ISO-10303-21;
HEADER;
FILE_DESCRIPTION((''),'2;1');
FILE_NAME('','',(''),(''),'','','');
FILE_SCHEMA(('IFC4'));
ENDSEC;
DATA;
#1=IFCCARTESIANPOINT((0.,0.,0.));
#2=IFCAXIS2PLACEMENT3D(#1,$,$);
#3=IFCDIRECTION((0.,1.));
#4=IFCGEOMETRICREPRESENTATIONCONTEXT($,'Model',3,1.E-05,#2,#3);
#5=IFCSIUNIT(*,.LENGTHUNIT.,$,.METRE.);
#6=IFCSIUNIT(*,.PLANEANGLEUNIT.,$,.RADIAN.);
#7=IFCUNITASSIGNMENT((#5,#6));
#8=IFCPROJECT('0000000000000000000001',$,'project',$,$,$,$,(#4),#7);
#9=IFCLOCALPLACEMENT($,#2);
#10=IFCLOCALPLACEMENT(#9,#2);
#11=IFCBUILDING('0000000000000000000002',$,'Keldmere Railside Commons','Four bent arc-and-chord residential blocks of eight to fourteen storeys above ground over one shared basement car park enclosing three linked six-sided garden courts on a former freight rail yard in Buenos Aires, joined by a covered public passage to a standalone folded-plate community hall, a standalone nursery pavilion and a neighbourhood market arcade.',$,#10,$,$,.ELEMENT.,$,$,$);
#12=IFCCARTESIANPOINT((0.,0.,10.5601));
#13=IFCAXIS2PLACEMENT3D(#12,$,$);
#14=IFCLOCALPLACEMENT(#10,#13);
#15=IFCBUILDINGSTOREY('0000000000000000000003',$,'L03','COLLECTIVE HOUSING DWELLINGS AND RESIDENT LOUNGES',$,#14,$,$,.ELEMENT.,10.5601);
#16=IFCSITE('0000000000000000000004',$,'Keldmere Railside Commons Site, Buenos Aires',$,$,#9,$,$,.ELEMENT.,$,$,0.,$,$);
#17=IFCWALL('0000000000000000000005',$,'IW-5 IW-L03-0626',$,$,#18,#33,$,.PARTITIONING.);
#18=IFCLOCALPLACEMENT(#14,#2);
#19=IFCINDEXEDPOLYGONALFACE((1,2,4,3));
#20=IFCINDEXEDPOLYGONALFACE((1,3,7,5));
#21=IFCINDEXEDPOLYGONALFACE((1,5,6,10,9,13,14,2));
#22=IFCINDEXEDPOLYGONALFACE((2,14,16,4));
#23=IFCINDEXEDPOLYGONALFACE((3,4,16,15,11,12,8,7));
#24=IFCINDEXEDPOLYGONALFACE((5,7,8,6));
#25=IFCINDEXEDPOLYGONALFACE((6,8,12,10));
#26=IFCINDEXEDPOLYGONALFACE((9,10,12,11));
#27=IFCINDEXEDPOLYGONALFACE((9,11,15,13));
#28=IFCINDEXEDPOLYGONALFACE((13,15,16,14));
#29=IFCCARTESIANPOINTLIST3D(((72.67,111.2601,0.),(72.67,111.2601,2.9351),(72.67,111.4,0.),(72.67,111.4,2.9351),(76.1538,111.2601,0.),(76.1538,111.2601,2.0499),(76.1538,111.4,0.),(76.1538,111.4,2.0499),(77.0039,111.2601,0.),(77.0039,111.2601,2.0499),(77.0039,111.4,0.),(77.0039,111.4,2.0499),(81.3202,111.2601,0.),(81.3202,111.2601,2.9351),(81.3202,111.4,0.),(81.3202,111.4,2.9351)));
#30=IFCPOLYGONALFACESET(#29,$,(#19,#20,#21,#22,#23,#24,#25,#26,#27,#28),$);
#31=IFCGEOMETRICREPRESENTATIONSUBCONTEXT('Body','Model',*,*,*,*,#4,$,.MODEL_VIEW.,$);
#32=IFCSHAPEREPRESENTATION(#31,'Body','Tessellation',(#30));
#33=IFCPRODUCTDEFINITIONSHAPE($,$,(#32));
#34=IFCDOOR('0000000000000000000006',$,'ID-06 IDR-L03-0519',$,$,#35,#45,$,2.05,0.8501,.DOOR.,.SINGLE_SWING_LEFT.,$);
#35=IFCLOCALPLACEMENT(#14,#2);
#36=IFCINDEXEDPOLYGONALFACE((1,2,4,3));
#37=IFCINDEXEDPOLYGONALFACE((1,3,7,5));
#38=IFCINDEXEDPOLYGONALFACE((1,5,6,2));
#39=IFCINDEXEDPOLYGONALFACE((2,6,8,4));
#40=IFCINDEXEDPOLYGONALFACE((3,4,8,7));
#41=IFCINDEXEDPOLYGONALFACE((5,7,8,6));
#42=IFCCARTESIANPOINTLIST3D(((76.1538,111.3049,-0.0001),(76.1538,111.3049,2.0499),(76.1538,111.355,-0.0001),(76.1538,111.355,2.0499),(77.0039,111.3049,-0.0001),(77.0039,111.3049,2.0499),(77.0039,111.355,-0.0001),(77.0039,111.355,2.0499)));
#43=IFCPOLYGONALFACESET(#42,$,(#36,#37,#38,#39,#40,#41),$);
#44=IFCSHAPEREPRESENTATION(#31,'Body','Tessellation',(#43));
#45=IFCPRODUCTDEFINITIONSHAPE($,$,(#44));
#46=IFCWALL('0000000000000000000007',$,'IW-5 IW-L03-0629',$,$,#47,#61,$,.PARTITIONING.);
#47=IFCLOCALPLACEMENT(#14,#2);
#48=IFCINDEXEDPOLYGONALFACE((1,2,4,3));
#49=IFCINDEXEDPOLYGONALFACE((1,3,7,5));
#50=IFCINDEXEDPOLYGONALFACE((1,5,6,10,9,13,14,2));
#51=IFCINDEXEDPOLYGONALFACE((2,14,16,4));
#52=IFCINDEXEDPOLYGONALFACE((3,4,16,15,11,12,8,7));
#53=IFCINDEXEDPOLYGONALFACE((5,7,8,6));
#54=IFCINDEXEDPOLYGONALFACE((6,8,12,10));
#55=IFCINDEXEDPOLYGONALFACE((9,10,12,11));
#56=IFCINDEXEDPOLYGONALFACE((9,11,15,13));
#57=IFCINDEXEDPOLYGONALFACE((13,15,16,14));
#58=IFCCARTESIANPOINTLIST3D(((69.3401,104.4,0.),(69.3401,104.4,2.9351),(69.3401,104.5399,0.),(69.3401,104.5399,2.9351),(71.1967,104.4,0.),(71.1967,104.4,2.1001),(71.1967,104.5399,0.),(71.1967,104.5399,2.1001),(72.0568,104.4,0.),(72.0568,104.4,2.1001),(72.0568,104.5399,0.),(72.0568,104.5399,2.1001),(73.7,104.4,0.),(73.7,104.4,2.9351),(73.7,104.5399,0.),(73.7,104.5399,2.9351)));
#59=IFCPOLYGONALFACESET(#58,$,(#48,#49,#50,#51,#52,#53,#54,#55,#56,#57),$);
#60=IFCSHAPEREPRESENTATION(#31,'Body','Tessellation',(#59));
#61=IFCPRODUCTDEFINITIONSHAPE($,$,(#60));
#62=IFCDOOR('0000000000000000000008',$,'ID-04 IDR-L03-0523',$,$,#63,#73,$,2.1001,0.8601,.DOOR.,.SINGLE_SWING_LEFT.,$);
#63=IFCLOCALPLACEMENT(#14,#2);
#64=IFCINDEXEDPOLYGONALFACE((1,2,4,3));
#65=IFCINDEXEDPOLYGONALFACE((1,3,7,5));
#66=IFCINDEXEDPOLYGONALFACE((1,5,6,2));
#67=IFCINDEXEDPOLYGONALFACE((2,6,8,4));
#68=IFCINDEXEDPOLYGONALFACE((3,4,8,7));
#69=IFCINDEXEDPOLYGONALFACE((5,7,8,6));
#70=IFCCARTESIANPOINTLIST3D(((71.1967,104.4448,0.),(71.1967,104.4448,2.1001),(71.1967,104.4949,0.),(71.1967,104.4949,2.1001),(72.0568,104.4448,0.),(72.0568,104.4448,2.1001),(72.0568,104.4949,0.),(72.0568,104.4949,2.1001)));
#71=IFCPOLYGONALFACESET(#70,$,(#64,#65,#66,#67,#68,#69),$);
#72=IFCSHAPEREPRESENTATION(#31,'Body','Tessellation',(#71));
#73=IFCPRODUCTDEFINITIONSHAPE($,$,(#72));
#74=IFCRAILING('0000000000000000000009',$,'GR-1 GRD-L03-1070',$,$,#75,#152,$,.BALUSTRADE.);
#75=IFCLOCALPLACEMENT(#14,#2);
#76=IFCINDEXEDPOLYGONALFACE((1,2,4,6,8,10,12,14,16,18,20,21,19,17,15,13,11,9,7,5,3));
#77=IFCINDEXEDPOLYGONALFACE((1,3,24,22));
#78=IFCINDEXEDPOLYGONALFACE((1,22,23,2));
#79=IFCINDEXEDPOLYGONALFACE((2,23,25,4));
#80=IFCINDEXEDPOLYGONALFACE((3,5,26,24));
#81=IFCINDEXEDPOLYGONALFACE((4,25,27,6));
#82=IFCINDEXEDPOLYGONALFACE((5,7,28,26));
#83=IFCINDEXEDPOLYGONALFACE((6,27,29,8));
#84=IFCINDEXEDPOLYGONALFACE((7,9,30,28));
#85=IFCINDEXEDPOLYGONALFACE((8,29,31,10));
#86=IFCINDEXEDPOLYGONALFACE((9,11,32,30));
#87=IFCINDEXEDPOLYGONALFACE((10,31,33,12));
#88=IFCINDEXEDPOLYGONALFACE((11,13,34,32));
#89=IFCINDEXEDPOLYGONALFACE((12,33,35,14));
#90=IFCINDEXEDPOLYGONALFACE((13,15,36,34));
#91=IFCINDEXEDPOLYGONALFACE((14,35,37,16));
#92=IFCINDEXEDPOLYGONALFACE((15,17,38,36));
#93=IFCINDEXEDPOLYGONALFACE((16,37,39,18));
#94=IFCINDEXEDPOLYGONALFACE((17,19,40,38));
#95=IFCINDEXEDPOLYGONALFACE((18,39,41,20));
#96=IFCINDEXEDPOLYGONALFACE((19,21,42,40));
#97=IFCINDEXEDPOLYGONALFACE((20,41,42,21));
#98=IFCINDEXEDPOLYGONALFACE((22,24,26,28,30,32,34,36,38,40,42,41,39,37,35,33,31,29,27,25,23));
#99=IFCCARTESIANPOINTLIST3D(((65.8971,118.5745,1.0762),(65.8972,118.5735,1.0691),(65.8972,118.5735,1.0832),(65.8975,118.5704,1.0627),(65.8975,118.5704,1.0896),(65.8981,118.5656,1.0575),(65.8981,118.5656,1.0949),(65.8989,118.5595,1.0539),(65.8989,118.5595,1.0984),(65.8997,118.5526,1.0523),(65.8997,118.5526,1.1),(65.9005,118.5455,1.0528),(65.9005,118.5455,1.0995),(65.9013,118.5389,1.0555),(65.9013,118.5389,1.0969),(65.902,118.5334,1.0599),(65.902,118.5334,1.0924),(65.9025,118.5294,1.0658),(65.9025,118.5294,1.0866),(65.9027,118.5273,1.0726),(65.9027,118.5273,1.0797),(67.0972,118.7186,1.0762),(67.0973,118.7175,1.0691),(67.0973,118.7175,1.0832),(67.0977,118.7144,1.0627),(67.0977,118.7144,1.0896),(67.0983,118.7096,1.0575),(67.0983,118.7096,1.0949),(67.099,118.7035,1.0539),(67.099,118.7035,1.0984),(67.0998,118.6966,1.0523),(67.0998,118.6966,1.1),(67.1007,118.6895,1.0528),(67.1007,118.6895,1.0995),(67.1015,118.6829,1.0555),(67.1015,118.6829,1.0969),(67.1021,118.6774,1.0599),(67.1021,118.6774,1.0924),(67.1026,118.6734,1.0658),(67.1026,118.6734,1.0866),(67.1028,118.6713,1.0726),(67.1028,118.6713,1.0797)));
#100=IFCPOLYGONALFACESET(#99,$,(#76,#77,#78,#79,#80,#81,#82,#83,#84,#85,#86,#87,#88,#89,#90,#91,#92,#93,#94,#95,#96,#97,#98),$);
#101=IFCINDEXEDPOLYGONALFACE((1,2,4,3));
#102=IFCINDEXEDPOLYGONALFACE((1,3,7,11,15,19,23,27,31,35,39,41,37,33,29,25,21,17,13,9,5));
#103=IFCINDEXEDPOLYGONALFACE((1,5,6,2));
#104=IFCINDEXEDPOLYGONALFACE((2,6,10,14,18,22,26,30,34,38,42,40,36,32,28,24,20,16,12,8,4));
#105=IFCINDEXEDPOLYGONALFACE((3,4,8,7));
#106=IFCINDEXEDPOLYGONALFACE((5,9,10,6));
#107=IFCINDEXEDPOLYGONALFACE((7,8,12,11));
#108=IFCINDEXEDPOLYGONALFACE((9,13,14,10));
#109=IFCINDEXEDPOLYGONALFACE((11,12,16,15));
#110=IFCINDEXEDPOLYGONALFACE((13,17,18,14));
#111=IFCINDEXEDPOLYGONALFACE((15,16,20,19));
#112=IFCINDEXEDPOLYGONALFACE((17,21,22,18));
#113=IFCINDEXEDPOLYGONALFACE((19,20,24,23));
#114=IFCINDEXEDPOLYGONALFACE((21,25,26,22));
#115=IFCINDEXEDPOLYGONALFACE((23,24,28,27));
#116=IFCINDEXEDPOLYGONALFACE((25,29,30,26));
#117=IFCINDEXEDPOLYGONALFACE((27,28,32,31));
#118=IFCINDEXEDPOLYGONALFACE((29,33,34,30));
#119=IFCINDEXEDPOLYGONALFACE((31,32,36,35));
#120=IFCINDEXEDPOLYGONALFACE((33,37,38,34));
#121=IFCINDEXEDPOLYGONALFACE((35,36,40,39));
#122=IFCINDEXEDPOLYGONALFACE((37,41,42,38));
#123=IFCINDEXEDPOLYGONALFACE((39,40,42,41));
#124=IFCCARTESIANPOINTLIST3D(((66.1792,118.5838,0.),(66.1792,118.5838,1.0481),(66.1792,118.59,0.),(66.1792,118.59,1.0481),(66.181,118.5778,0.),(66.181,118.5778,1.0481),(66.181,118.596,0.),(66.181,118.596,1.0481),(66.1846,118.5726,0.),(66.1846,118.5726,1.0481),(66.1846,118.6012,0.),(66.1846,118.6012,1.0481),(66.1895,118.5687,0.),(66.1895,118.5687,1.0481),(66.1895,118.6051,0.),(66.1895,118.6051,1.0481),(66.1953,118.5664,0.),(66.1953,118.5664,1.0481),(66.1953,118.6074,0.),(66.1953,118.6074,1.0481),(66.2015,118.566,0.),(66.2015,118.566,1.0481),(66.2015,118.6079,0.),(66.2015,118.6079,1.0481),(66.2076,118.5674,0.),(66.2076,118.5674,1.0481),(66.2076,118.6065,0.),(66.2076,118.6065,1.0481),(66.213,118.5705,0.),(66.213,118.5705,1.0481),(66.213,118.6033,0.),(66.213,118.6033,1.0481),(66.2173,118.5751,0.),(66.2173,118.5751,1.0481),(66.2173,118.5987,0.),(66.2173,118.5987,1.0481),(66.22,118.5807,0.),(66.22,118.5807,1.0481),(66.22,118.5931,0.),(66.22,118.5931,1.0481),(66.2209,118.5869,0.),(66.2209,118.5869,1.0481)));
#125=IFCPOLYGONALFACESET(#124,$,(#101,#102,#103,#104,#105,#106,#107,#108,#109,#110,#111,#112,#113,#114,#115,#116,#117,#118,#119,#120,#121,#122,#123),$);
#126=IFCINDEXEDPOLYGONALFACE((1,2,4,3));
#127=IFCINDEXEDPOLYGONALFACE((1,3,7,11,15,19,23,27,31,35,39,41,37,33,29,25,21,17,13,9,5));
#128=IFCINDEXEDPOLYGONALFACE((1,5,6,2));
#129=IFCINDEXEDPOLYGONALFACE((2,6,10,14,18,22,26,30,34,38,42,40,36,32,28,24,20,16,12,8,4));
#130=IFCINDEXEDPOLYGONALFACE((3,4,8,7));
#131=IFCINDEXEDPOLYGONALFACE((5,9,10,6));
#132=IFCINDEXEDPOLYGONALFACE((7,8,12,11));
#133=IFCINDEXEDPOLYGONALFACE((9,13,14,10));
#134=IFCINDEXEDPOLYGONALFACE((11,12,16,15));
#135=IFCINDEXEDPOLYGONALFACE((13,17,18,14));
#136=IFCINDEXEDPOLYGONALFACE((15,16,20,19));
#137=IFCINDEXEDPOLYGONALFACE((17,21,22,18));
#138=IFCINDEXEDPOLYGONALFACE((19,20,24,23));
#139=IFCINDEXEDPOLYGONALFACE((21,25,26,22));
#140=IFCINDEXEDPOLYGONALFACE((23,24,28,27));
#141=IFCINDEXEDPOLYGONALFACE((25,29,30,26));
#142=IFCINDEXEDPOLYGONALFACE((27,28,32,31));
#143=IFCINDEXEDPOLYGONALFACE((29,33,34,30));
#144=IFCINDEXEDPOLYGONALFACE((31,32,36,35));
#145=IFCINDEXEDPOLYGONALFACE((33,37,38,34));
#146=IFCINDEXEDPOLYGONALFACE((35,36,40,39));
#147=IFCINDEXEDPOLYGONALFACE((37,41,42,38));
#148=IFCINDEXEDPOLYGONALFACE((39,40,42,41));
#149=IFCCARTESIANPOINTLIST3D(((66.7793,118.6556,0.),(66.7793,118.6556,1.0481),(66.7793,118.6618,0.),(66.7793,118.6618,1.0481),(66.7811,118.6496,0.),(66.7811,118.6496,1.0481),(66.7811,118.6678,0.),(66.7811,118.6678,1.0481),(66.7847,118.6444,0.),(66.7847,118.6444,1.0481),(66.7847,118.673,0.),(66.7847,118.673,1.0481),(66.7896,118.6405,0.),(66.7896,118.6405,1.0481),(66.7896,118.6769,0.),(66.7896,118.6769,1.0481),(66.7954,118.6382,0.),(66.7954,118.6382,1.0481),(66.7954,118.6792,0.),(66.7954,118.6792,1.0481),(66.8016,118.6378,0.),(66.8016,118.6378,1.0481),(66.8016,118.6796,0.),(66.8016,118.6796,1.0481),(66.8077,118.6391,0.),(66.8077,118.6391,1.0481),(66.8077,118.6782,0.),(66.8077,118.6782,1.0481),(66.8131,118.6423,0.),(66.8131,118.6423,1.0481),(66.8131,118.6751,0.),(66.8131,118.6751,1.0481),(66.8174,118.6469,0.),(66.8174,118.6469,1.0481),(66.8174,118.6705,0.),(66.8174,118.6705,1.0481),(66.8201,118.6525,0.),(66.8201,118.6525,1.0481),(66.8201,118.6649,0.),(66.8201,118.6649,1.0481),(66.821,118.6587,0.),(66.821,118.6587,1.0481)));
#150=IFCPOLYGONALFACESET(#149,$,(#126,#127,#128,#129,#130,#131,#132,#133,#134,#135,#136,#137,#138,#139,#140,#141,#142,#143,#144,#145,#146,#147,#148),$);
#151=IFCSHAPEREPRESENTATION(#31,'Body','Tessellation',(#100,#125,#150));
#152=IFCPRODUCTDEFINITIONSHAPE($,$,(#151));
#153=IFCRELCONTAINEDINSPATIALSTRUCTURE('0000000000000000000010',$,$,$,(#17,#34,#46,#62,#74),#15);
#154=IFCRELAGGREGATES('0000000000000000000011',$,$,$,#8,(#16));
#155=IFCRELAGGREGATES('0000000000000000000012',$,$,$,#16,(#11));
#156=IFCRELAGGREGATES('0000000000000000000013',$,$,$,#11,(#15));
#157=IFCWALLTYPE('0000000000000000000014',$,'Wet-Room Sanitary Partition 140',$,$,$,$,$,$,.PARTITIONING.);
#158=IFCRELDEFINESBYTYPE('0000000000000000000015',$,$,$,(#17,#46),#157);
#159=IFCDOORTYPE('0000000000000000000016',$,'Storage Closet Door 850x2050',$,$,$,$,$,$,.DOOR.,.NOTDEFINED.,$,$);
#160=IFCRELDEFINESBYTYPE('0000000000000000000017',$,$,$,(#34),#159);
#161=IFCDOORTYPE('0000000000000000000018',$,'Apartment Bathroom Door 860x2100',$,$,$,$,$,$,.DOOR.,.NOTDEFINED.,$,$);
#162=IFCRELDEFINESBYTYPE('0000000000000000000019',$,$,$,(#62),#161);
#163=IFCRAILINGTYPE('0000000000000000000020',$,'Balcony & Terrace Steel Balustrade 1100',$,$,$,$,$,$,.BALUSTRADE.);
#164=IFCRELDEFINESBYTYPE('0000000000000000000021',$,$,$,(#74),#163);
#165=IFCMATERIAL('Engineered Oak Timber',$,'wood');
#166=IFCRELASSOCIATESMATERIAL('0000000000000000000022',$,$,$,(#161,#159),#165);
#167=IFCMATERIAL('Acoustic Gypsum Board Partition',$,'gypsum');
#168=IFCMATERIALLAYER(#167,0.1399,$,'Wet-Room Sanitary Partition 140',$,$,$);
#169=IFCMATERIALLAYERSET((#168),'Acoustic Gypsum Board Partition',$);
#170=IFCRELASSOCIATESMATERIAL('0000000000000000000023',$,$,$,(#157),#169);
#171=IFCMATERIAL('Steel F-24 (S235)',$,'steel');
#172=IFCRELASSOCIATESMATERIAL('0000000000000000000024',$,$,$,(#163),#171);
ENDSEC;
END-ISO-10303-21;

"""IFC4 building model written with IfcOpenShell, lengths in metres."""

from ifc_helpers import new_model, si_unit, direction, frame, frame_2d, origin, origin_2d, place, context, subcontext, project, spatial, rectangle, circle, extrude, material, layer, layer_set, type_object, element, fill, save


model = new_model("IFC4")

# Units and contexts
model_context = context("Model", 3, precision=1e-05, world=origin(), true_north=direction((0.0, 1.0)))
body_context = subcontext(model_context, "Body", "Model", "MODEL_VIEW")
ifc_project = project(units=[si_unit("LENGTHUNIT", "METRE"), si_unit("PLANEANGLEUNIT", "RADIAN")], contexts=[model_context])

# Site, building, storey
site_placement = place(None, origin())
site = spatial("IfcSite", under=ifc_project, at=site_placement, Name="Keldmere Railside Commons Site, Buenos Aires", CompositionType="ELEMENT", RefElevation=0.0)
building_placement = place(site_placement, origin())
building = spatial("IfcBuilding", under=site, at=building_placement, Name="Keldmere Railside Commons", Description="Four bent arc-and-chord residential blocks of eight to fourteen storeys above ground over one shared basement car park enclosing three linked six-sided garden courts on a former freight rail yard in Buenos Aires, joined by a covered public passage to a standalone folded-plate community hall, a standalone nursery pavilion and a neighbourhood market arcade.", CompositionType="ELEMENT")
storey_placement = place(building_placement, frame((0.0, 0.0, 10.5601)))
storey = spatial("IfcBuildingStorey", under=building, at=storey_placement, Name="L03", Description="COLLECTIVE HOUSING DWELLINGS AND RESIDENT LOUNGES", CompositionType="ELEMENT", Elevation=10.5601)

# Shared definitions
ifc_material_1 = material(Name="Acoustic Gypsum Board Partition", Category="gypsum")
ifc_material_2 = material(Name="Engineered Oak Timber", Category="wood")
door_type_1 = type_object("IfcDoorType", Name="Apartment Bathroom Door 860x2100", OperationType="NOTDEFINED", PredefinedType="DOOR", material=ifc_material_2)

# Walls, openings, doors
ifc_layer_1 = layer(ifc_material_1, 0.1399, Name="Wet-Room Sanitary Partition 140")
ifc_layer_set_1 = layer_set([ifc_layer_1], Name="Acoustic Gypsum Board Partition")
wall_type_1 = type_object("IfcWallType", Name="Wet-Room Sanitary Partition 140", PredefinedType="PARTITIONING", material=ifc_layer_set_1)
wall_1_placement = place(storey_placement, frame((72.6699, 111.3301, 0.0), z_axis=(0.0, 0.0, 1.0), x_axis=(1.0, 0.0, 0.0)))
wall_1 = element("IfcWall", 1, at=wall_1_placement, inside=storey, type_object=wall_type_1, Name="IW-5 IW-L03-0626", PredefinedType="PARTITIONING", context=body_context, shape_type="SweptSolid", body=[
    extrude(rectangle(XDim=8.6501, YDim=0.1399, at=frame_2d((4.3252, 0.0))), origin(), (0.0, 0.0, 1.0), 2.9351),
])
opening_1_placement = place(wall_1_placement, frame((3.4839, 0.0, 0.0)))
opening_1 = element("IfcOpeningElement", 2, at=opening_1_placement, cuts=wall_1, PredefinedType="OPENING", context=body_context, shape_type="SweptSolid", body=[
    extrude(rectangle(XDim=0.8501, YDim=2.05, at=frame_2d((0.425, 1.0249))), frame((0.0, 0.0798, 0.0), z_axis=(0.0, -1.0, 0.0), x_axis=(1.0, 0.0, 0.0)), (0.0, 0.0, 1.0), 0.1599),
])
door_type_2 = type_object("IfcDoorType", Name="Storage Closet Door 850x2050", OperationType="NOTDEFINED", PredefinedType="DOOR", material=ifc_material_2)
door_1_placement = place(opening_1_placement, origin())
door_1 = element("IfcDoor", 3, at=door_1_placement, inside=storey, type_object=door_type_2, Name="ID-06 IDR-L03-0519", OperationType="SINGLE_SWING_LEFT", OverallHeight=2.05, OverallWidth=0.8501, PredefinedType="DOOR", context=body_context, shape_type="SweptSolid", body=[
    extrude(rectangle(XDim=0.8501, YDim=2.05, at=frame_2d((0.425, 1.0249))), frame((0.0, 0.0249, 0.0), z_axis=(0.0, -1.0, 0.0), x_axis=(1.0, 0.0, 0.0)), (0.0, 0.0, 1.0), 0.05),
])
fill(opening_1, door_1)
wall_2_placement = place(storey_placement, frame((69.3401, 104.47, 0.0), z_axis=(0.0, 0.0, 1.0), x_axis=(1.0, 0.0, 0.0)))
wall_2 = element("IfcWall", 4, at=wall_2_placement, inside=storey, type_object=wall_type_1, Name="IW-5 IW-L03-0629", PredefinedType="PARTITIONING", context=body_context, shape_type="SweptSolid", body=[
    extrude(rectangle(XDim=4.3599, YDim=0.1399, at=frame_2d((2.1799, 0.0))), origin(), (0.0, 0.0, 1.0), 2.9351),
])
opening_2_placement = place(wall_2_placement, frame((1.8564, 0.0, 0.0)))
opening_2 = element("IfcOpeningElement", 5, at=opening_2_placement, cuts=wall_2, PredefinedType="OPENING", context=body_context, shape_type="SweptSolid", body=[
    extrude(rectangle(XDim=0.8601, YDim=2.1001, at=frame_2d((0.4302, 1.05))), frame((0.0, 0.0798, 0.0), z_axis=(0.0, -1.0, 0.0), x_axis=(1.0, 0.0, 0.0)), (0.0, 0.0, 1.0), 0.1599),
])
door_2_placement = place(opening_2_placement, origin())
door_2 = element("IfcDoor", 6, at=door_2_placement, inside=storey, type_object=door_type_1, Name="ID-04 IDR-L03-0523", OperationType="SINGLE_SWING_LEFT", OverallHeight=2.1001, OverallWidth=0.8601, PredefinedType="DOOR", context=body_context, shape_type="SweptSolid", body=[
    extrude(rectangle(XDim=0.8601, YDim=2.1001, at=frame_2d((0.4302, 1.05))), frame((0.0, 0.0249, 0.0), z_axis=(0.0, -1.0, 0.0), x_axis=(1.0, 0.0, 0.0)), (0.0, 0.0, 1.0), 0.05),
])
fill(opening_2, door_2)

# Railing
ifc_material_3 = material(Name="Steel F-24 (S235)", Category="steel")
railing_type = type_object("IfcRailingType", Name="Balcony & Terrace Steel Balustrade 1100", PredefinedType="BALUSTRADE", material=ifc_material_3)
railing_1_placement = place(storey_placement, frame((65.8999, 118.5508, 0.0)))
element("IfcRailing", 7, at=railing_1_placement, inside=storey, type_object=railing_type, Name="GR-1 GRD-L03-1070", PredefinedType="BALUSTRADE", context=body_context, shape_type="SweptSolid", body=[
    extrude(circle(Radius=0.0239, at=origin_2d()), frame((0.0, 0.0, 1.0762), z_axis=(0.992875, 0.119161, 0.0), x_axis=(-0.119161, 0.992875, 0.0)), (0.0, 0.0, 1.0), 1.2087),
    extrude(circle(Radius=0.021, at=origin_2d()), frame((0.3, 0.0361, 0.0)), (0.0, 0.0, 1.0), 1.0481),
    extrude(circle(Radius=0.021, at=origin_2d()), frame((0.9001, 0.1079, 0.0)), (0.0, 0.0, 1.0), 1.0481),
])

save(model, "model.ifc")
